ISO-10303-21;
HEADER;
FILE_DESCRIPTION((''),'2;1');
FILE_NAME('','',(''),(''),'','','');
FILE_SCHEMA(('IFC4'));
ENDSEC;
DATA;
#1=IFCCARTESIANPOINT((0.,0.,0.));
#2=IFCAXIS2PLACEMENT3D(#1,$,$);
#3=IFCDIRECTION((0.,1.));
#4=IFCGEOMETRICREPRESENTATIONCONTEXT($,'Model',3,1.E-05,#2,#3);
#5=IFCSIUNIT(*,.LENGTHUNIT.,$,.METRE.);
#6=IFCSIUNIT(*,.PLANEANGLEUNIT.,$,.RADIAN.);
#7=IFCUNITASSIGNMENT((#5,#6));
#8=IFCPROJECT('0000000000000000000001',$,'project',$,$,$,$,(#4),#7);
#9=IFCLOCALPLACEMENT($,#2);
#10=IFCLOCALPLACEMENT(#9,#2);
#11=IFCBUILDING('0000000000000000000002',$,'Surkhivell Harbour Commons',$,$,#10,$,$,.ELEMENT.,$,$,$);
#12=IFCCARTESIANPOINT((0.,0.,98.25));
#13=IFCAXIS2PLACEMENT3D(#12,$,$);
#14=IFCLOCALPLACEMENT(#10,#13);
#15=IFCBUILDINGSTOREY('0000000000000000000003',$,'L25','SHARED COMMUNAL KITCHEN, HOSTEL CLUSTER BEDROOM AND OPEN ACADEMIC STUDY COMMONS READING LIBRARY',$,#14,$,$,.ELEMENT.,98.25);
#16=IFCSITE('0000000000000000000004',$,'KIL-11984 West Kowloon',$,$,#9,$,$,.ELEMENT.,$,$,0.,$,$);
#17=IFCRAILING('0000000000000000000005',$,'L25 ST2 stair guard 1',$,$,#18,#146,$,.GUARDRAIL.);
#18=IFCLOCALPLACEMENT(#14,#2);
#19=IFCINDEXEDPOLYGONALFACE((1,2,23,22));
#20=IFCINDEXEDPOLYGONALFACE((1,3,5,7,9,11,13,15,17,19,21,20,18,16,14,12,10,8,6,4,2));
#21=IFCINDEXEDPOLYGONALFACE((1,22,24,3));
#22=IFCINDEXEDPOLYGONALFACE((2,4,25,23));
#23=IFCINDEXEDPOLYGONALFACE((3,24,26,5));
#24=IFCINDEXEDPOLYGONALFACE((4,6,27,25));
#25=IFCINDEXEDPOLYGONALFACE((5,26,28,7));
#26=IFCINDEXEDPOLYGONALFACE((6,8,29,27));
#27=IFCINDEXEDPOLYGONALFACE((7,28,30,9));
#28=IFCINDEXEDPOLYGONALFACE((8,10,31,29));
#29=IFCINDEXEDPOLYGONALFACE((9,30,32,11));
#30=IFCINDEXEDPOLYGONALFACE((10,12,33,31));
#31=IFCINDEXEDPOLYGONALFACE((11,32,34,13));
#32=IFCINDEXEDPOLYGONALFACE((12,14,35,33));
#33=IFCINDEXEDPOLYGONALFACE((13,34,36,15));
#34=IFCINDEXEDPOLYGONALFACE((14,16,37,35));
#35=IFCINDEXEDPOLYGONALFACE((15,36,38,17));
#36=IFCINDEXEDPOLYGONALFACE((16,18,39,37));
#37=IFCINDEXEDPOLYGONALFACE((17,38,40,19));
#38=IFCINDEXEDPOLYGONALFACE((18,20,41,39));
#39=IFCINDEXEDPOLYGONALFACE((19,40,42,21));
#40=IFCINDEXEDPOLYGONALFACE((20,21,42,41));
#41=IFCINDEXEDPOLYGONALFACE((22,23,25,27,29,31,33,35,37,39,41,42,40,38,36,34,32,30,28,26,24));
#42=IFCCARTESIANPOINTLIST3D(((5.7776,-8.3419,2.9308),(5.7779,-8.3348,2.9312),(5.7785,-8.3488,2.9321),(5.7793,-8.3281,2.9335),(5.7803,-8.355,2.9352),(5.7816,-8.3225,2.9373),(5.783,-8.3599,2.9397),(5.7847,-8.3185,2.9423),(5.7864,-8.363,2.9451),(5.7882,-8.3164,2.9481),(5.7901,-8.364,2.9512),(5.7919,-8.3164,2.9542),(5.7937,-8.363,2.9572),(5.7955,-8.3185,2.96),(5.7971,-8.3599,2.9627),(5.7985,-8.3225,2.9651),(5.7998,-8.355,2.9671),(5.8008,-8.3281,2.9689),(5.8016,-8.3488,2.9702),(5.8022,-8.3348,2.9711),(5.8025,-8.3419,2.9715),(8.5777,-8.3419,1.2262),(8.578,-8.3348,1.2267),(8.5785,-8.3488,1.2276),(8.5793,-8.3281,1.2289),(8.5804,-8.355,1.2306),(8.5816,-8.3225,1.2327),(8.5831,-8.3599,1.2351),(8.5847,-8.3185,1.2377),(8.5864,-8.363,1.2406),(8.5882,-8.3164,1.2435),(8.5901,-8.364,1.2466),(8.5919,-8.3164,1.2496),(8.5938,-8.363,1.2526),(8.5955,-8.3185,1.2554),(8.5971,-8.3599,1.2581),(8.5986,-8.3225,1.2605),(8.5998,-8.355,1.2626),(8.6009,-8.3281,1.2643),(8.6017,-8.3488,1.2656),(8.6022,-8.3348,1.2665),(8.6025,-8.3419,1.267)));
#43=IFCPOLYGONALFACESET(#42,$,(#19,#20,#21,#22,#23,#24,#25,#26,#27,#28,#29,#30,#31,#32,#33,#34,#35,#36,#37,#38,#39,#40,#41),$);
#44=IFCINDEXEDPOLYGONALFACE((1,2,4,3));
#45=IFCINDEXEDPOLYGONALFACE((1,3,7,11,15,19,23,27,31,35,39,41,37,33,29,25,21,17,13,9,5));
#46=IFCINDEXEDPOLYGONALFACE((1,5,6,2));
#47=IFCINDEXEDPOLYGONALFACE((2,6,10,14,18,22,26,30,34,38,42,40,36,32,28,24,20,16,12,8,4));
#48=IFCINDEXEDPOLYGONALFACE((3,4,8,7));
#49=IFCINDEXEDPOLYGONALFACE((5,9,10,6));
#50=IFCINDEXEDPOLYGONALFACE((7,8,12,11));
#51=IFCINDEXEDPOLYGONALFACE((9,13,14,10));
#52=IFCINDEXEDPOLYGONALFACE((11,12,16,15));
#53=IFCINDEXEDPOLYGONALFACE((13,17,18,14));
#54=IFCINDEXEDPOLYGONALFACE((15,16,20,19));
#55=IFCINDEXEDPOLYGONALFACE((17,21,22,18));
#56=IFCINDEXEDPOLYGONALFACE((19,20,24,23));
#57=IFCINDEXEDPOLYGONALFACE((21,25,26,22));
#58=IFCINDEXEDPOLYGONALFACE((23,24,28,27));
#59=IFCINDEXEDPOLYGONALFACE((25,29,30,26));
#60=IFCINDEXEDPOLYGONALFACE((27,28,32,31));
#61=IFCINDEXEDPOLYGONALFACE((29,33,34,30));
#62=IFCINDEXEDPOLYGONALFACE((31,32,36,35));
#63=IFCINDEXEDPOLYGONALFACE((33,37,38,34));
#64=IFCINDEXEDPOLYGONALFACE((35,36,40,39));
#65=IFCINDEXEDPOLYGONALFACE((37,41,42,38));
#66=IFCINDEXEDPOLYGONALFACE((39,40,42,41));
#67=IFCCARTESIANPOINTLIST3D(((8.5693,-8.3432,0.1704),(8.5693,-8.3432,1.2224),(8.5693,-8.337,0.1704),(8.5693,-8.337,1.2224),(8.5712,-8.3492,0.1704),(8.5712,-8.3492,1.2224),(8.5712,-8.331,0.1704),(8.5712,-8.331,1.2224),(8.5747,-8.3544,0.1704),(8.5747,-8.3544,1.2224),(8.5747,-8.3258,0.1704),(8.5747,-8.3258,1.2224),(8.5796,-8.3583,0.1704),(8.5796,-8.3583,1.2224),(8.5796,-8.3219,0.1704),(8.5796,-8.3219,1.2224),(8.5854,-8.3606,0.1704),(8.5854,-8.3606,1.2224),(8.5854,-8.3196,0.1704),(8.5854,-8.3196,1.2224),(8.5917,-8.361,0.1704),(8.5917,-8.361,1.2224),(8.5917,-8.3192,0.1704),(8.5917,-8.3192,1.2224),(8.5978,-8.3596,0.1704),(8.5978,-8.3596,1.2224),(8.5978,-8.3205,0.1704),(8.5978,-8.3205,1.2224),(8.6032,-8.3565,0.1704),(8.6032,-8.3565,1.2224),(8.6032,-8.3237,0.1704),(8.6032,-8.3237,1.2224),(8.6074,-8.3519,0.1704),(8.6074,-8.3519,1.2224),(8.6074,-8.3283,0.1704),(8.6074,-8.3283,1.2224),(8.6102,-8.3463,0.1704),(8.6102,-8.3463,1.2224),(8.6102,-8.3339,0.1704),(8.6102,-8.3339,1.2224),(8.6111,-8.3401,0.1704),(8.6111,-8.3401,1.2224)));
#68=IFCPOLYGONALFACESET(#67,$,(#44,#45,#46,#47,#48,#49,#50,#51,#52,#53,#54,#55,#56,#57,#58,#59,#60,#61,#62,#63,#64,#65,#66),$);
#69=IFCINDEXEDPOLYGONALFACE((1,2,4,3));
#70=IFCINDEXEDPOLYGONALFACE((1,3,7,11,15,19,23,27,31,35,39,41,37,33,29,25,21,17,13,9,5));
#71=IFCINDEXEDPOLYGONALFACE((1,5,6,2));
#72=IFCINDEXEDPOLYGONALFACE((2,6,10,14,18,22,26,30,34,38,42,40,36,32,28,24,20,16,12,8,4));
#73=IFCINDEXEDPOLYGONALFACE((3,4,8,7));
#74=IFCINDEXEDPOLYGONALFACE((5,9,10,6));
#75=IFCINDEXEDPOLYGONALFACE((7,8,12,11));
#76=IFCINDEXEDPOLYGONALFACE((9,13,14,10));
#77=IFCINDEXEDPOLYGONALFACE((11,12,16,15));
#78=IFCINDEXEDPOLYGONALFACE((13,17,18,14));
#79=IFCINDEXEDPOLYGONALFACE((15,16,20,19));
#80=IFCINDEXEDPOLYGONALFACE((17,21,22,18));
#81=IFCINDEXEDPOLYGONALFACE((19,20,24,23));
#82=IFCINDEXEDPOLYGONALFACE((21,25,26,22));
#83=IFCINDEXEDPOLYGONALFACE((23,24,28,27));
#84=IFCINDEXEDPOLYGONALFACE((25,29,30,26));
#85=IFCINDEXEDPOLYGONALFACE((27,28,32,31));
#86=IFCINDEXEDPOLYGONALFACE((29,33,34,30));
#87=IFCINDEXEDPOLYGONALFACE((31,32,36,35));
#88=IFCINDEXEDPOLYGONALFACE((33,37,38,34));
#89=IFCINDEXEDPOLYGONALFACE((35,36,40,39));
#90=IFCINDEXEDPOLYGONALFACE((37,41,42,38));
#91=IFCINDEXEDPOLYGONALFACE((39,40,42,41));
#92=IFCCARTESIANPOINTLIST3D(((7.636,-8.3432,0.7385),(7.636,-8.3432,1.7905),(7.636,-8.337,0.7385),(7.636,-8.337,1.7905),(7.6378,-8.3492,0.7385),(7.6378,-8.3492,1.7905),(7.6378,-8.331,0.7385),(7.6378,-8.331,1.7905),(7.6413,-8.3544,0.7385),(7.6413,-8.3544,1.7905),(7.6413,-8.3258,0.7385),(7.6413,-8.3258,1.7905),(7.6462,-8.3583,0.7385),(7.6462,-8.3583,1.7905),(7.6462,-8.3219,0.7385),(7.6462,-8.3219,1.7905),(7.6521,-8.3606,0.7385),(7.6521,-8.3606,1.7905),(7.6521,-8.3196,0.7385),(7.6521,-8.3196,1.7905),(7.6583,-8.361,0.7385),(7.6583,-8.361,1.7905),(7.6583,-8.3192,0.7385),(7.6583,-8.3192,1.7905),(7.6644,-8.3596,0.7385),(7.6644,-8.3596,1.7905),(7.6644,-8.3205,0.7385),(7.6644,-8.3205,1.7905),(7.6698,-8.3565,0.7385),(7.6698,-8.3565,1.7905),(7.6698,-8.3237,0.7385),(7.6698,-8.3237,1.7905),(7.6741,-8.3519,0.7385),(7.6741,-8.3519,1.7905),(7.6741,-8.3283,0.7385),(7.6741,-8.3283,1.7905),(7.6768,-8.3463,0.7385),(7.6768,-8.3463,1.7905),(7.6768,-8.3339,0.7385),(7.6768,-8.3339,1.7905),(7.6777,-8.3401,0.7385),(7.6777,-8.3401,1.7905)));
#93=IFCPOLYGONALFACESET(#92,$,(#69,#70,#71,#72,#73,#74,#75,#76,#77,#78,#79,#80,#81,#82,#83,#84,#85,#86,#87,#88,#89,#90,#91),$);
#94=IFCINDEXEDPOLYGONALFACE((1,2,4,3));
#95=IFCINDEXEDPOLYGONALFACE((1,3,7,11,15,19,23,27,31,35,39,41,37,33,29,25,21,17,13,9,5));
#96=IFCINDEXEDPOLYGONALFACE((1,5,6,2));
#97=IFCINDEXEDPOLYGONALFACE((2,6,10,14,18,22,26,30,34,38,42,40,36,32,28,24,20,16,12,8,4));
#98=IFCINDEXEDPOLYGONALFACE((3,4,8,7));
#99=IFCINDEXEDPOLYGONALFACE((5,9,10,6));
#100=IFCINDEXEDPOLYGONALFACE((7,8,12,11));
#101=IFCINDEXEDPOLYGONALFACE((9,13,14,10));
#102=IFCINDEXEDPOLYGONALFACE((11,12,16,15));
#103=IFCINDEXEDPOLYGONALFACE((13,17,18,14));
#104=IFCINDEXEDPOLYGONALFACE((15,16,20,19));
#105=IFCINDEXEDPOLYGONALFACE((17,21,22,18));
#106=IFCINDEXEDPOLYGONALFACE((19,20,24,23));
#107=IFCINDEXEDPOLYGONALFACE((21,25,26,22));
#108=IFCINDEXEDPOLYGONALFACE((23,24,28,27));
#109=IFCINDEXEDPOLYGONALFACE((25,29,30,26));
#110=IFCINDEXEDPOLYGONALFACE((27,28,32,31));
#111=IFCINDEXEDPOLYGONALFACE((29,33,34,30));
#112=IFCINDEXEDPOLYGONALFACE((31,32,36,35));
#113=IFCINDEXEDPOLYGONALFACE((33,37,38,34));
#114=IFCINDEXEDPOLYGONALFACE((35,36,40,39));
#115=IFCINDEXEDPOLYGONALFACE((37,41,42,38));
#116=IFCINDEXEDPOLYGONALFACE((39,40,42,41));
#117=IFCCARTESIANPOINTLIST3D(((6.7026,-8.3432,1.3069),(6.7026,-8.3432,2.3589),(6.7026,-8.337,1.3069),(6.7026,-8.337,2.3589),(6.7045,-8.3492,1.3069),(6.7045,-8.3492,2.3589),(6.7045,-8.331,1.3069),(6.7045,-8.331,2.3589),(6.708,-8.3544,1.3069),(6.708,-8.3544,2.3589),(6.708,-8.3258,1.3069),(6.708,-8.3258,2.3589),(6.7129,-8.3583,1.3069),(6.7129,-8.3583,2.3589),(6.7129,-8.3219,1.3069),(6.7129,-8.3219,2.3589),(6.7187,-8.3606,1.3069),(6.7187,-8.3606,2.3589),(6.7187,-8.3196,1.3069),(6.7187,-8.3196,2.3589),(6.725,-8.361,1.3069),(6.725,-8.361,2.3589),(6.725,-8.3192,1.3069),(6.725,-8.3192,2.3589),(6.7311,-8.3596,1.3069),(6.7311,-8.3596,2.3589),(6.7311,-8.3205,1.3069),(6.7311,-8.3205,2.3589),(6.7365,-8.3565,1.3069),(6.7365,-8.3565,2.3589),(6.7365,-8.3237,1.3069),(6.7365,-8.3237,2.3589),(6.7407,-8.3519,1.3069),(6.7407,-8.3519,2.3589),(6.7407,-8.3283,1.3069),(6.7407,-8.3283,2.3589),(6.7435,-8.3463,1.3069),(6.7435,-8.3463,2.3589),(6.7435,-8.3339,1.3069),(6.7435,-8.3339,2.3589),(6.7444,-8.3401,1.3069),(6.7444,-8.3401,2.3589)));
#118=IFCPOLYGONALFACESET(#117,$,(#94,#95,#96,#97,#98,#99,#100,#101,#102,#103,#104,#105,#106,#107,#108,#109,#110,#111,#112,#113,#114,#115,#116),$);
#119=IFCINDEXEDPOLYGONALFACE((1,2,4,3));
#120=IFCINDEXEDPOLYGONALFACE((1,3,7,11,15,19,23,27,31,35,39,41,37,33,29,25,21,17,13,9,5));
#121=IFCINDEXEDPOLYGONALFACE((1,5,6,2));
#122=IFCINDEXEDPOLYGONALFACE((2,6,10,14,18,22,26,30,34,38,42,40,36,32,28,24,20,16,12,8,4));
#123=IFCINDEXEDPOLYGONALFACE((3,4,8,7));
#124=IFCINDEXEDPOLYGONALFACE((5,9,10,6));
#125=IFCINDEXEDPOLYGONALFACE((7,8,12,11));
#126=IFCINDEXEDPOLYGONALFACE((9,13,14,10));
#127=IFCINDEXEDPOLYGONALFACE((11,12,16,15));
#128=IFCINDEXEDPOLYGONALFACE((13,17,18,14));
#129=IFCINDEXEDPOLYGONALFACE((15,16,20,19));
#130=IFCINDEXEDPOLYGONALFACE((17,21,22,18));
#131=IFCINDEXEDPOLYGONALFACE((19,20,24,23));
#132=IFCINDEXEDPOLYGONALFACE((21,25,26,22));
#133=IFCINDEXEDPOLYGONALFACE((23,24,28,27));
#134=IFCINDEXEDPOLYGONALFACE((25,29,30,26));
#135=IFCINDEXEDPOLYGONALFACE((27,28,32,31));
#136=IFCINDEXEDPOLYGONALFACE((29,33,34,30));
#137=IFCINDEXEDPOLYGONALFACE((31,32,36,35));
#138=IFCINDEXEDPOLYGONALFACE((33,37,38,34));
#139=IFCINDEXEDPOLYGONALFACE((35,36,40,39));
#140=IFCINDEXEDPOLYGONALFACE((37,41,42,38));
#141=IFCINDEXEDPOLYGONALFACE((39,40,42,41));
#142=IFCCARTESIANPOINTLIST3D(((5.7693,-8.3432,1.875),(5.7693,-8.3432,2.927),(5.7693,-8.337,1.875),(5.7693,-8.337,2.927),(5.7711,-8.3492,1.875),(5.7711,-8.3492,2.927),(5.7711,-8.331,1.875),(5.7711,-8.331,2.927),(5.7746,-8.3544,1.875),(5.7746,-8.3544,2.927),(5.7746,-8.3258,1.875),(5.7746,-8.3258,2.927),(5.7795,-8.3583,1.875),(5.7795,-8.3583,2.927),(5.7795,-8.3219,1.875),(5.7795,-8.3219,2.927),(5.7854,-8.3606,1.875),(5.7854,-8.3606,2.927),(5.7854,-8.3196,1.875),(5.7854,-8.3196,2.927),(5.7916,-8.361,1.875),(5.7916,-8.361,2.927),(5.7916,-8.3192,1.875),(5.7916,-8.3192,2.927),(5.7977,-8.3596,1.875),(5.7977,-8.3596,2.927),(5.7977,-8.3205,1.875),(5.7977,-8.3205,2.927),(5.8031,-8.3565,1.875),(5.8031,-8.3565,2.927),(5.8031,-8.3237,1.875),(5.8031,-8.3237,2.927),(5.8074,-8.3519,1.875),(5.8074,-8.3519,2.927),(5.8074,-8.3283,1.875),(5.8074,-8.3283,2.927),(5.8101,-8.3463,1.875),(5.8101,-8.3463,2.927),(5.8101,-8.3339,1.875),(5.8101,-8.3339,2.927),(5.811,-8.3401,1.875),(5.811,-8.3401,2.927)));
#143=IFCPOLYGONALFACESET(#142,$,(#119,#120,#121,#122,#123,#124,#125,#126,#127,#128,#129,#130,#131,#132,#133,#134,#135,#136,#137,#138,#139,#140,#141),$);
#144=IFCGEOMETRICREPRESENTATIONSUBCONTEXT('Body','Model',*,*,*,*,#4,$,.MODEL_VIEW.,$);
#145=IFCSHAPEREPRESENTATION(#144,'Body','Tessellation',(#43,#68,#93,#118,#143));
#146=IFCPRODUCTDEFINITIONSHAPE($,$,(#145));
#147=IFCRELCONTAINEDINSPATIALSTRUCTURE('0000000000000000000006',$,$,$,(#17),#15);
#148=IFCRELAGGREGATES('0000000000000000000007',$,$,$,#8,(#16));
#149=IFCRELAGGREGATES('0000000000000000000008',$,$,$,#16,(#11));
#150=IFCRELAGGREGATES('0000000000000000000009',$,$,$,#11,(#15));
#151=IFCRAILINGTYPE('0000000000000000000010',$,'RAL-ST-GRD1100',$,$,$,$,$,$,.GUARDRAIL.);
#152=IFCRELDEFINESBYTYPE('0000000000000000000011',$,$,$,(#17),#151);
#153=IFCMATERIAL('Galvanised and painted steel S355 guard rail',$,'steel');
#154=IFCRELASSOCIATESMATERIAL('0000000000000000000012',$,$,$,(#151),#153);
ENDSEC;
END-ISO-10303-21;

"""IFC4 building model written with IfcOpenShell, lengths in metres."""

from ifc_helpers import new_model, si_unit, direction, frame, origin, origin_2d, place, context, subcontext, project, spatial, circle, extrude, material, type_object, element, save


model = new_model("IFC4")

# Units and contexts
model_context = context("Model", 3, precision=1e-05, world=origin(), true_north=direction((0.0, 1.0)))
body_context = subcontext(model_context, "Body", "Model", "MODEL_VIEW")
ifc_project = project(units=[si_unit("LENGTHUNIT", "METRE"), si_unit("PLANEANGLEUNIT", "RADIAN")], contexts=[model_context])

# Site, building, storey
site_placement = place(None, origin())
site = spatial("IfcSite", under=ifc_project, at=site_placement, Name="KIL-11984 West Kowloon", CompositionType="ELEMENT", RefElevation=0.0)
building_placement = place(site_placement, origin())
building = spatial("IfcBuilding", under=site, at=building_placement, Name="Surkhivell Harbour Commons", CompositionType="ELEMENT")
storey_placement = place(building_placement, frame((0.0, 0.0, 98.25)))
storey = spatial("IfcBuildingStorey", under=building, at=storey_placement, Name="L25", Description="SHARED COMMUNAL KITCHEN, HOSTEL CLUSTER BEDROOM AND OPEN ACADEMIC STUDY COMMONS READING LIBRARY", CompositionType="ELEMENT", Elevation=98.25)

# Railing
ifc_material_1 = material(Name="Galvanised and painted steel S355 guard rail", Category="steel")
railing_type_1 = type_object("IfcRailingType", Name="RAL-ST-GRD1100", PredefinedType="GUARDRAIL", material=ifc_material_1)
railing_1_placement = place(storey_placement, frame((8.5901, -8.3401, 0.1704)))
element("IfcRailing", 1, at=railing_1_placement, inside=storey, type_object=railing_type_1, Name="L25 ST2 stair guard 1", PredefinedType="GUARDRAIL", context=body_context, shape_type="SweptSolid", body=[
    extrude(circle(Radius=0.0239, at=origin_2d()), frame((0.0, 0.0, 1.0762), z_axis=(-0.85417, 0.0, 0.519994), x_axis=(0.0, -1.0, 0.0)), (0.0, 0.0, 1.0), 3.2781),
    extrude(circle(Radius=0.021, at=origin_2d()), origin(), (0.0, 0.0, 1.0), 1.052),
    extrude(circle(Radius=0.021, at=origin_2d()), frame((-0.9333, 0.0, 0.5681)), (0.0, 0.0, 1.0), 1.052),
    extrude(circle(Radius=0.021, at=origin_2d()), frame((-1.8667, 0.0, 1.1365)), (0.0, 0.0, 1.0), 1.052),
    extrude(circle(Radius=0.021, at=origin_2d()), frame((-2.8, 0.0, 1.7046)), (0.0, 0.0, 1.0), 1.052),
])

save(model, "model.ifc")
